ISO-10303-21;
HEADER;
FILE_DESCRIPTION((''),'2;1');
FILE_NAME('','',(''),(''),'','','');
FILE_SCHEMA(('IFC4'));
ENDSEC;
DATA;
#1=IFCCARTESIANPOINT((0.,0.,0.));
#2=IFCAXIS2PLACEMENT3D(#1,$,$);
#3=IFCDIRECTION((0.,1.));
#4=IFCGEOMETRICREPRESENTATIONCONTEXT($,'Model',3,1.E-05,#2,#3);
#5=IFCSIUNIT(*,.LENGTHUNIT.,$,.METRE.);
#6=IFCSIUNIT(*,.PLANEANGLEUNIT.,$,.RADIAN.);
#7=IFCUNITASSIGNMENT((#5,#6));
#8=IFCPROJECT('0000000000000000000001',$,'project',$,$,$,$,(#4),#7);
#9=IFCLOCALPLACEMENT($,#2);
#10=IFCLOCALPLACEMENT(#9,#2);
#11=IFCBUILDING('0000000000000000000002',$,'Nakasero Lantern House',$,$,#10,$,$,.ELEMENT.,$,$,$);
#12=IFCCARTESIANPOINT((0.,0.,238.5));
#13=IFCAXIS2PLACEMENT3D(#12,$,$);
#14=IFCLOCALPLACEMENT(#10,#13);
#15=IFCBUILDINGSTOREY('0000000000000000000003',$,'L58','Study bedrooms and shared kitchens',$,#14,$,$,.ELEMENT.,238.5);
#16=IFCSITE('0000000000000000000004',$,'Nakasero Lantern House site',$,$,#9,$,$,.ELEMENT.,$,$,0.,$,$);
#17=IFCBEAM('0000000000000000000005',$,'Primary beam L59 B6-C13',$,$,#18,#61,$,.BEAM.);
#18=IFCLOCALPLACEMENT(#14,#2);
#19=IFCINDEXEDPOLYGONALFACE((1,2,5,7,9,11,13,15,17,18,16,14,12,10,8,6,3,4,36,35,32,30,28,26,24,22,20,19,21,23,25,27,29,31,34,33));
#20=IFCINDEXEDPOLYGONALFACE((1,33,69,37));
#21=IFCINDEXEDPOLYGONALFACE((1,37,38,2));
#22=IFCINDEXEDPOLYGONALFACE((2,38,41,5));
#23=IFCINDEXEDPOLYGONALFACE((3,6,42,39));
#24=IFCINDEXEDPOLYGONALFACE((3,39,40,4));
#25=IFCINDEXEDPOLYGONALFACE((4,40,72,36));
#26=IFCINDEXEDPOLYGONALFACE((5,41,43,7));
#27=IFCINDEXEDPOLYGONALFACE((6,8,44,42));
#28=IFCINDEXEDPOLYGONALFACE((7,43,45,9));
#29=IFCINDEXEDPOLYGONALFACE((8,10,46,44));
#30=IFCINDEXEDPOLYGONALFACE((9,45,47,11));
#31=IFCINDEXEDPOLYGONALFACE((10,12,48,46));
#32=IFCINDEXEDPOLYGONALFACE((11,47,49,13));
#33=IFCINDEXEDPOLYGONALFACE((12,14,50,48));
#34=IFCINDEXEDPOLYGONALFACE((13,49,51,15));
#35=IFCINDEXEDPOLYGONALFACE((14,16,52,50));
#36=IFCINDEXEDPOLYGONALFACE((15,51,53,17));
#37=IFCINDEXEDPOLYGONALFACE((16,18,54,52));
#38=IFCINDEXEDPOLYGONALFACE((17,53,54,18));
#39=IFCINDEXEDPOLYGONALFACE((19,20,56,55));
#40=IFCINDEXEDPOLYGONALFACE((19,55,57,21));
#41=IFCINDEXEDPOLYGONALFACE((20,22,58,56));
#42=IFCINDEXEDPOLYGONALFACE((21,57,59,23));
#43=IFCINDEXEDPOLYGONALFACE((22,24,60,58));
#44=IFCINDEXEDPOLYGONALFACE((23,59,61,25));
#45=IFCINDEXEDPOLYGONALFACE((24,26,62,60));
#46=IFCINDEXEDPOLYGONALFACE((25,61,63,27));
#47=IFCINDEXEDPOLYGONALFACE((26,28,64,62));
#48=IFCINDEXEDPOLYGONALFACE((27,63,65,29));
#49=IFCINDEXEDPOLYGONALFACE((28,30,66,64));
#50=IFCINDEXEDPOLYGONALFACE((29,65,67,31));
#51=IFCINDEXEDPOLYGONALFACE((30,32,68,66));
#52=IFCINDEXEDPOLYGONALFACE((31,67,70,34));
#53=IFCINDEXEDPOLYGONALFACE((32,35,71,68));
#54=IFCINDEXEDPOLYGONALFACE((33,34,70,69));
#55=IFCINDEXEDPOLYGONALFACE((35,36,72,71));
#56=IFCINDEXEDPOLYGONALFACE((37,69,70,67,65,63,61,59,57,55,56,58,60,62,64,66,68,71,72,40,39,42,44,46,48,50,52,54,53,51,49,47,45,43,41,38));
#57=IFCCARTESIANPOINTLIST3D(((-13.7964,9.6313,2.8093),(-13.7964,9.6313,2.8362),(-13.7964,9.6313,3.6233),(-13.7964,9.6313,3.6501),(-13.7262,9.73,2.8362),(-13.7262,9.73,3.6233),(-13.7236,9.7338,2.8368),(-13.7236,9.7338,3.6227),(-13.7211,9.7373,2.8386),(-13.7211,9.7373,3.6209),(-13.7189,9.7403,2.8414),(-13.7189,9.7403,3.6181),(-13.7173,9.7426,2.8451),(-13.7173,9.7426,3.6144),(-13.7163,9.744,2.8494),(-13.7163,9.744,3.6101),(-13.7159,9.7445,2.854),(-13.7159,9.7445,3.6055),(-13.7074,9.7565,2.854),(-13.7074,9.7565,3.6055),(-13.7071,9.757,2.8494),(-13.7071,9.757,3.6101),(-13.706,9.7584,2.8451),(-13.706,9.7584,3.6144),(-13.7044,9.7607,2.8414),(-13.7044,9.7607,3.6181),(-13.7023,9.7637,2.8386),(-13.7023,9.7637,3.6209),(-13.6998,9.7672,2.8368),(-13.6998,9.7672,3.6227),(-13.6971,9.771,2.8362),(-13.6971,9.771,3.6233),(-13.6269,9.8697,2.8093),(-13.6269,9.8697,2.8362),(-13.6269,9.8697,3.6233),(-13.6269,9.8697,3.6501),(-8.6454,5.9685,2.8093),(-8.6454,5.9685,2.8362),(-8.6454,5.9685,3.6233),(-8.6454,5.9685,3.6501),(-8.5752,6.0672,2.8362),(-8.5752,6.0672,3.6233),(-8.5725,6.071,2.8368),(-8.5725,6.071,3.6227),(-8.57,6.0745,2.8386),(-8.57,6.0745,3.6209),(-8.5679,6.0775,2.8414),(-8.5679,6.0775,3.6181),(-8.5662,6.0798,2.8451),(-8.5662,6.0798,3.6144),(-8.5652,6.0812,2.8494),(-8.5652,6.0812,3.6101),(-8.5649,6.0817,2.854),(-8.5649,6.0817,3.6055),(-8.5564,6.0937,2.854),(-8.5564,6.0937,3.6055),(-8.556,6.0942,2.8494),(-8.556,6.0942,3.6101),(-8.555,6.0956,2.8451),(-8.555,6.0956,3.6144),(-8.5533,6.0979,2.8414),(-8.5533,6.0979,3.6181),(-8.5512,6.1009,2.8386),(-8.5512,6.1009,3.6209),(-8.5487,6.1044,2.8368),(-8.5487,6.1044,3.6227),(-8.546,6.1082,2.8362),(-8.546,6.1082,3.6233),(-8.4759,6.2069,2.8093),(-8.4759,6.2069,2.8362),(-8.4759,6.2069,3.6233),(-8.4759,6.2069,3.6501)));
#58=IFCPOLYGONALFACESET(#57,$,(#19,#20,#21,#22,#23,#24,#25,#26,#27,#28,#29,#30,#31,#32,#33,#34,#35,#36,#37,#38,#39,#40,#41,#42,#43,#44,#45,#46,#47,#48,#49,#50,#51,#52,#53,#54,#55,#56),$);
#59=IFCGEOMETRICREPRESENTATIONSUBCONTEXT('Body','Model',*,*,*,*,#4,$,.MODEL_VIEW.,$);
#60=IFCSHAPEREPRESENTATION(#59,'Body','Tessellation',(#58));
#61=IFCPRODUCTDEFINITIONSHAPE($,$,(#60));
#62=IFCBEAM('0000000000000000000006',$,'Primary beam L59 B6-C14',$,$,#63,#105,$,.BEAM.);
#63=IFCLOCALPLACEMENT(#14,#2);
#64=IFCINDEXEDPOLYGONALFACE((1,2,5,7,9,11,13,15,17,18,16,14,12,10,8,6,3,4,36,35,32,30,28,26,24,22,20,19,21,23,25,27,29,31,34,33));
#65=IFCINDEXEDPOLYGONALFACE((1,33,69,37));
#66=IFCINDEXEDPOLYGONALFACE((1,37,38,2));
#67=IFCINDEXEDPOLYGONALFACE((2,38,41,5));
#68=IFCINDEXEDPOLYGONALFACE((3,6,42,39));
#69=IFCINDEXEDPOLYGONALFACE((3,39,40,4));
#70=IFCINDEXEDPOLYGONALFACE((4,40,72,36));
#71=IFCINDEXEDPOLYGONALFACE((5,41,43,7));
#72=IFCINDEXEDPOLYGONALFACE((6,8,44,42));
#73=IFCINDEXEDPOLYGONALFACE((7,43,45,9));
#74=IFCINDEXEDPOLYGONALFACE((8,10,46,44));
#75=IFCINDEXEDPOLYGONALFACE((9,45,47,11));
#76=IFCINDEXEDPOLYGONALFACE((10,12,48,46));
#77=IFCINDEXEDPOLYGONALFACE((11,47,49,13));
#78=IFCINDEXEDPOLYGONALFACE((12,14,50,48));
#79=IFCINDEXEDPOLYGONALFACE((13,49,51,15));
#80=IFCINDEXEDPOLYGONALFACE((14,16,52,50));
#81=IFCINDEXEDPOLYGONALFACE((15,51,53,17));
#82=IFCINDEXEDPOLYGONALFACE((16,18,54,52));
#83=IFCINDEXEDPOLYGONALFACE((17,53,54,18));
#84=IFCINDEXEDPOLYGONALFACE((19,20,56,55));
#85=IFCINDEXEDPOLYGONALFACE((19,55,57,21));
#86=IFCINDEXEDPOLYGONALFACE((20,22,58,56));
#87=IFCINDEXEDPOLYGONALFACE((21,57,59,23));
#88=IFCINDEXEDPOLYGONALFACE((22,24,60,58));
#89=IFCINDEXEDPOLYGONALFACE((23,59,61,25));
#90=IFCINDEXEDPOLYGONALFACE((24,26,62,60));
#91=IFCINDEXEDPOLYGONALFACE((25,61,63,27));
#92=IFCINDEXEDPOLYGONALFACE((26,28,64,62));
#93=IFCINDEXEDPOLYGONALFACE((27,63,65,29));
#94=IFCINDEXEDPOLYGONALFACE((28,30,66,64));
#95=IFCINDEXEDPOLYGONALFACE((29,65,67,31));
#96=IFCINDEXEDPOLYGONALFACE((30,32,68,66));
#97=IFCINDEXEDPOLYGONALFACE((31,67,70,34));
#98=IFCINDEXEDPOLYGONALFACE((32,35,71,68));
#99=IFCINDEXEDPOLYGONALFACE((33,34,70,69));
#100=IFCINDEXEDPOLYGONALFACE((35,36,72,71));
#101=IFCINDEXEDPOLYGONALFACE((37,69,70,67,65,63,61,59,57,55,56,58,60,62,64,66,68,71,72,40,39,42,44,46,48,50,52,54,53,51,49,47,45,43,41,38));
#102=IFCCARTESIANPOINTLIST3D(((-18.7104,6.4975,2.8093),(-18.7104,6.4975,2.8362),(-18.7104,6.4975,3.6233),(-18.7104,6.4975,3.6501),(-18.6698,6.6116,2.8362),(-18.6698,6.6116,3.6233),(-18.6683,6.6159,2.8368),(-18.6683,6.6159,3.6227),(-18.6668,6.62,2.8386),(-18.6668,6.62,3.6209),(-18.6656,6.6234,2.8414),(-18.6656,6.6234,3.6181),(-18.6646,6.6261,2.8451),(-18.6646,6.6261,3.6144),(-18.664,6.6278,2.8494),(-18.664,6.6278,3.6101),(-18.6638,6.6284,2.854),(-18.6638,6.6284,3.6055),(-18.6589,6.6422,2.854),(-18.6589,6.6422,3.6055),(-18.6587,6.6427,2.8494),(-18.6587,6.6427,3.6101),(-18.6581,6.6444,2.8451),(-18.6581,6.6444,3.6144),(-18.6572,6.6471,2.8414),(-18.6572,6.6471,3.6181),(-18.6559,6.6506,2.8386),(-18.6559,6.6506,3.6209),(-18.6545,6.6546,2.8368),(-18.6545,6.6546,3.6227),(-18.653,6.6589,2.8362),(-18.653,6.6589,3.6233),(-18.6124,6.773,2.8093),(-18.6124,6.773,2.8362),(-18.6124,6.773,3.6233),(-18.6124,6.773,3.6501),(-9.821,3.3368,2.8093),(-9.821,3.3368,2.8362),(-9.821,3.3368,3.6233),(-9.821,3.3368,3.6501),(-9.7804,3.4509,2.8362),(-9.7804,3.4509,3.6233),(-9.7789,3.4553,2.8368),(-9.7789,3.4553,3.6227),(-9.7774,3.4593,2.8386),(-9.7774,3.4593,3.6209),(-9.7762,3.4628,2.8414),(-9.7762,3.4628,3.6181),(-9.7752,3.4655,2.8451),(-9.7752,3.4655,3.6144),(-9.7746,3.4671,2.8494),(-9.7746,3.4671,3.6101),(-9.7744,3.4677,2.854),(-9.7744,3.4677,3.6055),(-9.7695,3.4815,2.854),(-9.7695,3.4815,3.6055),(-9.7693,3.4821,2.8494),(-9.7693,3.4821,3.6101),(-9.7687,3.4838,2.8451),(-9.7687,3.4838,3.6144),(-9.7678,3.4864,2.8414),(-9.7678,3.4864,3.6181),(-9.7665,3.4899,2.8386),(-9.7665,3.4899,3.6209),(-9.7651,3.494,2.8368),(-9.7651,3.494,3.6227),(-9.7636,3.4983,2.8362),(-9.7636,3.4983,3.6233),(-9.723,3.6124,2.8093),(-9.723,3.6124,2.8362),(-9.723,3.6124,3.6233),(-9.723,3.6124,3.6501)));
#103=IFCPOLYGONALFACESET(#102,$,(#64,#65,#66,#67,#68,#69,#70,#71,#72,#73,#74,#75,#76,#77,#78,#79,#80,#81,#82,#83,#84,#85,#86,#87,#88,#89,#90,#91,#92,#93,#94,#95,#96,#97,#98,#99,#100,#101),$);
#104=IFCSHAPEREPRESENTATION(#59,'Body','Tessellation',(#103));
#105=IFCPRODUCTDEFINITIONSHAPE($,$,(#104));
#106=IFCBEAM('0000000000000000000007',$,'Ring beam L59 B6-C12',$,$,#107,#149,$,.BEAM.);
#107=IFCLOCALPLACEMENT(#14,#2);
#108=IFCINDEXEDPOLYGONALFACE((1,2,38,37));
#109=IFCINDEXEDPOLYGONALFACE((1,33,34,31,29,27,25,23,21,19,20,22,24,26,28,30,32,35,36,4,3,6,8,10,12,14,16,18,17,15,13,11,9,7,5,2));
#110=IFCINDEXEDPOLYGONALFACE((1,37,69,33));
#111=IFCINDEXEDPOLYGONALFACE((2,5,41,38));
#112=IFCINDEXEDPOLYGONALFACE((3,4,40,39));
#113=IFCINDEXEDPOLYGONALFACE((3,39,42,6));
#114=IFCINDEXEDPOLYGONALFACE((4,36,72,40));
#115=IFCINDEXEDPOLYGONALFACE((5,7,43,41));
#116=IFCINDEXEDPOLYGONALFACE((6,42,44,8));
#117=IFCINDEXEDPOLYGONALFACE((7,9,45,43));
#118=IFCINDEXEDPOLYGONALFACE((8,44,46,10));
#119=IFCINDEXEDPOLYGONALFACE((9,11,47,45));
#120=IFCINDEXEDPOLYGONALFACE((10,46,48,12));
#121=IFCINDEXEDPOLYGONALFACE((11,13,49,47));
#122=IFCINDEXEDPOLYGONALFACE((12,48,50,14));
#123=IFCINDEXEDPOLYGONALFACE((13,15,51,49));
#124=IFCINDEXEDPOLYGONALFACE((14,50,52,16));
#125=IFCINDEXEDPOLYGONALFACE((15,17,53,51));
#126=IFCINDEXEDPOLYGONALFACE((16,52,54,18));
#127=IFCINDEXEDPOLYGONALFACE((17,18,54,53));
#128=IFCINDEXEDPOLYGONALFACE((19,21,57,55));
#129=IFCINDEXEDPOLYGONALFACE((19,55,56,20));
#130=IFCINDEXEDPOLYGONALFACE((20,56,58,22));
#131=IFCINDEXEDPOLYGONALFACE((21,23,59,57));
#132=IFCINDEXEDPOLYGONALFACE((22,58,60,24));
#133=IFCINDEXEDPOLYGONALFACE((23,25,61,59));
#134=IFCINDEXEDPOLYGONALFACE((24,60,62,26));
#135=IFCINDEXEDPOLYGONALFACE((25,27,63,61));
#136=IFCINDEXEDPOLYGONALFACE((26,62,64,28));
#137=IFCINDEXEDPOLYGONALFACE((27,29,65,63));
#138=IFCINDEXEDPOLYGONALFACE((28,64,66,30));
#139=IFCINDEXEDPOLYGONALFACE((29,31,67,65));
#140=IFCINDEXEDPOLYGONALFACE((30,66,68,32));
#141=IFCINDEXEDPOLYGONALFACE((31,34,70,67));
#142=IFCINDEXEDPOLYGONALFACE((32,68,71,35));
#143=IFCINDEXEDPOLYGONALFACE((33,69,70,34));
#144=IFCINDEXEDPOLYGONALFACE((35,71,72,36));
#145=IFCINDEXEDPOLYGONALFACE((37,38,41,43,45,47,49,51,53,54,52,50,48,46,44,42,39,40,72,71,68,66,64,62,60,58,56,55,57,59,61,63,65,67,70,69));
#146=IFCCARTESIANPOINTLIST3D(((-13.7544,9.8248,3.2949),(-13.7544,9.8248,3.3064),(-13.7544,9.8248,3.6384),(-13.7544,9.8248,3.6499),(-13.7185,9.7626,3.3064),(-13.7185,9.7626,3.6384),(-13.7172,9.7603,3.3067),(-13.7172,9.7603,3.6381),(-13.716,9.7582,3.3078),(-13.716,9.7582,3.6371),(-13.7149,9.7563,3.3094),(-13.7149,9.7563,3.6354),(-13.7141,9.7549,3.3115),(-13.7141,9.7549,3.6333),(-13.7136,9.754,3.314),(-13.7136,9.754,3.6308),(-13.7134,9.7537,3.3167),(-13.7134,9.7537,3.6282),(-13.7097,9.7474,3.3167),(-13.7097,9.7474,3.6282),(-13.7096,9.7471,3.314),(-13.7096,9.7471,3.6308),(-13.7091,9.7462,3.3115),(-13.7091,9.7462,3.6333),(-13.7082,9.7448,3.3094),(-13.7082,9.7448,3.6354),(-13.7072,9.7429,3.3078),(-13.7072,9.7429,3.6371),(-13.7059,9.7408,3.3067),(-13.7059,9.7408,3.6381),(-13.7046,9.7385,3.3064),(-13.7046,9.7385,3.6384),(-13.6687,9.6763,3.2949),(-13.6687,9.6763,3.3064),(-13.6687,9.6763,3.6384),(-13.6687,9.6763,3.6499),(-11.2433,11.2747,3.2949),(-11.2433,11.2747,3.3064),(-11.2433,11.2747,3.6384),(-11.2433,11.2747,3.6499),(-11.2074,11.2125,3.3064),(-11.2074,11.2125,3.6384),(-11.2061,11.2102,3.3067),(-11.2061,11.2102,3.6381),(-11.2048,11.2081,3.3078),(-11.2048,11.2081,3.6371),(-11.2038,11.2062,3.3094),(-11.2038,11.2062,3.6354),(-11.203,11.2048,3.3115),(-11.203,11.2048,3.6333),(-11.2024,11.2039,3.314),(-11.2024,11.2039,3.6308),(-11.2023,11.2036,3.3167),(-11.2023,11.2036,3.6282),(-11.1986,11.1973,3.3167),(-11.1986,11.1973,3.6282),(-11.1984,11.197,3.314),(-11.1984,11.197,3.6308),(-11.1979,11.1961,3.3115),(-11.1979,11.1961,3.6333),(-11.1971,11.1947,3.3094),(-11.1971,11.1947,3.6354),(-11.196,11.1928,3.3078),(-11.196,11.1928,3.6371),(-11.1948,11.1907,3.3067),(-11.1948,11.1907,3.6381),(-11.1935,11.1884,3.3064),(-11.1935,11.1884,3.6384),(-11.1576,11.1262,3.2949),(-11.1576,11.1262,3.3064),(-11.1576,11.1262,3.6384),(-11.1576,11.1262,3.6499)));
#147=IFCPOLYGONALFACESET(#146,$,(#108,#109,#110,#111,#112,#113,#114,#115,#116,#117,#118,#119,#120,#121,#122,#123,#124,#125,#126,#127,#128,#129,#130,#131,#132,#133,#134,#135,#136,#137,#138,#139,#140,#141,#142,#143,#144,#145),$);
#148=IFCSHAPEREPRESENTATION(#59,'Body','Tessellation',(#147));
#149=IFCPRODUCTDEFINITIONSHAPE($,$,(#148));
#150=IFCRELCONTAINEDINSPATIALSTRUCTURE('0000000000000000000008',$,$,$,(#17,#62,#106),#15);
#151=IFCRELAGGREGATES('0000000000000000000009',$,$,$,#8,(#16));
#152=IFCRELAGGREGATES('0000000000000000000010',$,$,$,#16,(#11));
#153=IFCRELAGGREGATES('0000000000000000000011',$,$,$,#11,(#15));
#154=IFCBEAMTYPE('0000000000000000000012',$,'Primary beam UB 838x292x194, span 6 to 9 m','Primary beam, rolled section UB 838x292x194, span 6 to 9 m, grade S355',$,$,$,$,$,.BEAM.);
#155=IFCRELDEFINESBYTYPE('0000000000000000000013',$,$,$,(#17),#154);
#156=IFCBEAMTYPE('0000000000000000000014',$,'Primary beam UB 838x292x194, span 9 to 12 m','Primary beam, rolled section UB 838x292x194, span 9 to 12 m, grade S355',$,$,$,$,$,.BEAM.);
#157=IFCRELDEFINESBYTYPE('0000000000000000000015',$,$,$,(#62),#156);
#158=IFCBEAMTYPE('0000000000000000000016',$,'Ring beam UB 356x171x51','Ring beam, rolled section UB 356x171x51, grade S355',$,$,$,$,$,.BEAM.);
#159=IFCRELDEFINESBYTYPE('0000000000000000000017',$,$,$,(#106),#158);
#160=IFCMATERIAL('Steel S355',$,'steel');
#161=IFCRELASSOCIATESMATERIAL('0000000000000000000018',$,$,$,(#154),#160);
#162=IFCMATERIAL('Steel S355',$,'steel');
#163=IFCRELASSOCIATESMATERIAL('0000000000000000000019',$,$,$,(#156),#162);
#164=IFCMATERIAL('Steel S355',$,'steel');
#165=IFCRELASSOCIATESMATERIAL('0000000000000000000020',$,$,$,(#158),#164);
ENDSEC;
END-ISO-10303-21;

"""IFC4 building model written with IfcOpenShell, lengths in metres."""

from ifc_helpers import new_model, si_unit, direction, frame, origin, origin_2d, place, context, subcontext, project, spatial, i_section, extrude, material, material_profile, profile_set, type_object, element, save


model = new_model("IFC4")

# Units and contexts
model_context = context("Model", 3, precision=1e-05, world=origin(), true_north=direction((0.0, 1.0)))
body_context = subcontext(model_context, "Body", "Model", "MODEL_VIEW")
ifc_project = project(units=[si_unit("LENGTHUNIT", "METRE"), si_unit("PLANEANGLEUNIT", "RADIAN")], contexts=[model_context])

# Site, building, storey
site_placement = place(None, origin())
site = spatial("IfcSite", under=ifc_project, at=site_placement, Name="Nakasero Lantern House site", CompositionType="ELEMENT", RefElevation=0.0)
building_placement = place(site_placement, origin())
building = spatial("IfcBuilding", under=site, at=building_placement, Name="Nakasero Lantern House", CompositionType="ELEMENT")
storey_placement = place(building_placement, frame((0.0, 0.0, 238.5)))
storey = spatial("IfcBuildingStorey", under=building, at=storey_placement, Name="L58", Description="Study bedrooms and shared kitchens", CompositionType="ELEMENT", Elevation=238.5)

# Beams
ifc_material_1 = material(Name="Steel S355", Category="steel")
ifc_material_profile_1 = material_profile(ifc_material_1, i_section(OverallWidth=0.2925, OverallDepth=0.8408, WebThickness=0.0146, FlangeThickness=0.0269, FilletRadius=0.0178, at=origin_2d()), Name="UB 838x292x194")
ifc_profile_set_1 = profile_set([ifc_material_profile_1], Name="Steel S355")
beam_type_1 = type_object("IfcBeamType", Name="Primary beam UB 838x292x194, span 6 to 9 m", Description="Primary beam, rolled section UB 838x292x194, span 6 to 9 m, grade S355", PredefinedType="BEAM", material=ifc_profile_set_1)
beam_1_placement = place(storey_placement, frame((-13.7117, 9.7505, 3.2297), z_axis=(0.814969, -0.579505, 0.0), x_axis=(0.579505, 0.814969, 0.0)))
element("IfcBeam", 1, at=beam_1_placement, inside=storey, type_object=beam_type_1, Name="Primary beam L59 B6-C13", PredefinedType="BEAM", context=body_context, shape_type="SweptSolid", body=[
    extrude(i_section(OverallWidth=0.2925, OverallDepth=0.8408, WebThickness=0.0146, FlangeThickness=0.0269, FilletRadius=0.0178, at=origin_2d()), origin(), (0.0, 0.0, 1.0), 6.3206),
])
ifc_material_2 = material(Name="Steel S355", Category="steel")
ifc_material_profile_2 = material_profile(ifc_material_2, i_section(OverallWidth=0.2925, OverallDepth=0.8408, WebThickness=0.0146, FlangeThickness=0.0269, FilletRadius=0.0178, at=origin_2d()), Name="UB 838x292x194")
ifc_profile_set_2 = profile_set([ifc_material_profile_2], Name="Steel S355")
beam_type_2 = type_object("IfcBeamType", Name="Primary beam UB 838x292x194, span 9 to 12 m", Description="Primary beam, rolled section UB 838x292x194, span 9 to 12 m, grade S355", PredefinedType="BEAM", material=ifc_profile_set_2)
beam_2_placement = place(storey_placement, frame((-18.6614, 6.6353, 3.2297), z_axis=(0.942216, -0.335007, 0.0), x_axis=(0.335007, 0.942216, 0.0)))
element("IfcBeam", 2, at=beam_2_placement, inside=storey, type_object=beam_type_2, Name="Primary beam L59 B6-C14", PredefinedType="BEAM", context=body_context, shape_type="SweptSolid", body=[
    extrude(i_section(OverallWidth=0.2925, OverallDepth=0.8408, WebThickness=0.0146, FlangeThickness=0.0269, FilletRadius=0.0178, at=origin_2d()), origin(), (0.0, 0.0, 1.0), 9.4346),
])
ifc_material_3 = material(Name="Steel S355", Category="steel")
ifc_material_profile_3 = material_profile(ifc_material_3, i_section(OverallWidth=0.1714, OverallDepth=0.355, WebThickness=0.0073, FlangeThickness=0.0115, FilletRadius=0.0103, at=origin_2d()), Name="UB 356x171x51")
ifc_profile_set_3 = profile_set([ifc_material_profile_3], Name="Steel S355")
beam_type_3 = type_object("IfcBeamType", Name="Ring beam UB 356x171x51", Description="Ring beam, rolled section UB 356x171x51, grade S355", PredefinedType="BEAM", material=ifc_profile_set_3)
beam_3_placement = place(storey_placement, frame((-11.2004, 11.2004, 3.4724), z_axis=(-0.866012, -0.500024, 0.0), x_axis=(0.500024, -0.866012, 0.0)))
element("IfcBeam", 3, at=beam_3_placement, inside=storey, type_object=beam_type_3, Name="Ring beam L59 B6-C12", PredefinedType="BEAM", context=body_context, shape_type="SweptSolid", body=[
    extrude(i_section(OverallWidth=0.1714, OverallDepth=0.355, WebThickness=0.0073, FlangeThickness=0.0115, FilletRadius=0.0103, at=origin_2d()), origin(), (0.0, 0.0, 1.0), 2.8997),
])

save(model, "model.ifc")
